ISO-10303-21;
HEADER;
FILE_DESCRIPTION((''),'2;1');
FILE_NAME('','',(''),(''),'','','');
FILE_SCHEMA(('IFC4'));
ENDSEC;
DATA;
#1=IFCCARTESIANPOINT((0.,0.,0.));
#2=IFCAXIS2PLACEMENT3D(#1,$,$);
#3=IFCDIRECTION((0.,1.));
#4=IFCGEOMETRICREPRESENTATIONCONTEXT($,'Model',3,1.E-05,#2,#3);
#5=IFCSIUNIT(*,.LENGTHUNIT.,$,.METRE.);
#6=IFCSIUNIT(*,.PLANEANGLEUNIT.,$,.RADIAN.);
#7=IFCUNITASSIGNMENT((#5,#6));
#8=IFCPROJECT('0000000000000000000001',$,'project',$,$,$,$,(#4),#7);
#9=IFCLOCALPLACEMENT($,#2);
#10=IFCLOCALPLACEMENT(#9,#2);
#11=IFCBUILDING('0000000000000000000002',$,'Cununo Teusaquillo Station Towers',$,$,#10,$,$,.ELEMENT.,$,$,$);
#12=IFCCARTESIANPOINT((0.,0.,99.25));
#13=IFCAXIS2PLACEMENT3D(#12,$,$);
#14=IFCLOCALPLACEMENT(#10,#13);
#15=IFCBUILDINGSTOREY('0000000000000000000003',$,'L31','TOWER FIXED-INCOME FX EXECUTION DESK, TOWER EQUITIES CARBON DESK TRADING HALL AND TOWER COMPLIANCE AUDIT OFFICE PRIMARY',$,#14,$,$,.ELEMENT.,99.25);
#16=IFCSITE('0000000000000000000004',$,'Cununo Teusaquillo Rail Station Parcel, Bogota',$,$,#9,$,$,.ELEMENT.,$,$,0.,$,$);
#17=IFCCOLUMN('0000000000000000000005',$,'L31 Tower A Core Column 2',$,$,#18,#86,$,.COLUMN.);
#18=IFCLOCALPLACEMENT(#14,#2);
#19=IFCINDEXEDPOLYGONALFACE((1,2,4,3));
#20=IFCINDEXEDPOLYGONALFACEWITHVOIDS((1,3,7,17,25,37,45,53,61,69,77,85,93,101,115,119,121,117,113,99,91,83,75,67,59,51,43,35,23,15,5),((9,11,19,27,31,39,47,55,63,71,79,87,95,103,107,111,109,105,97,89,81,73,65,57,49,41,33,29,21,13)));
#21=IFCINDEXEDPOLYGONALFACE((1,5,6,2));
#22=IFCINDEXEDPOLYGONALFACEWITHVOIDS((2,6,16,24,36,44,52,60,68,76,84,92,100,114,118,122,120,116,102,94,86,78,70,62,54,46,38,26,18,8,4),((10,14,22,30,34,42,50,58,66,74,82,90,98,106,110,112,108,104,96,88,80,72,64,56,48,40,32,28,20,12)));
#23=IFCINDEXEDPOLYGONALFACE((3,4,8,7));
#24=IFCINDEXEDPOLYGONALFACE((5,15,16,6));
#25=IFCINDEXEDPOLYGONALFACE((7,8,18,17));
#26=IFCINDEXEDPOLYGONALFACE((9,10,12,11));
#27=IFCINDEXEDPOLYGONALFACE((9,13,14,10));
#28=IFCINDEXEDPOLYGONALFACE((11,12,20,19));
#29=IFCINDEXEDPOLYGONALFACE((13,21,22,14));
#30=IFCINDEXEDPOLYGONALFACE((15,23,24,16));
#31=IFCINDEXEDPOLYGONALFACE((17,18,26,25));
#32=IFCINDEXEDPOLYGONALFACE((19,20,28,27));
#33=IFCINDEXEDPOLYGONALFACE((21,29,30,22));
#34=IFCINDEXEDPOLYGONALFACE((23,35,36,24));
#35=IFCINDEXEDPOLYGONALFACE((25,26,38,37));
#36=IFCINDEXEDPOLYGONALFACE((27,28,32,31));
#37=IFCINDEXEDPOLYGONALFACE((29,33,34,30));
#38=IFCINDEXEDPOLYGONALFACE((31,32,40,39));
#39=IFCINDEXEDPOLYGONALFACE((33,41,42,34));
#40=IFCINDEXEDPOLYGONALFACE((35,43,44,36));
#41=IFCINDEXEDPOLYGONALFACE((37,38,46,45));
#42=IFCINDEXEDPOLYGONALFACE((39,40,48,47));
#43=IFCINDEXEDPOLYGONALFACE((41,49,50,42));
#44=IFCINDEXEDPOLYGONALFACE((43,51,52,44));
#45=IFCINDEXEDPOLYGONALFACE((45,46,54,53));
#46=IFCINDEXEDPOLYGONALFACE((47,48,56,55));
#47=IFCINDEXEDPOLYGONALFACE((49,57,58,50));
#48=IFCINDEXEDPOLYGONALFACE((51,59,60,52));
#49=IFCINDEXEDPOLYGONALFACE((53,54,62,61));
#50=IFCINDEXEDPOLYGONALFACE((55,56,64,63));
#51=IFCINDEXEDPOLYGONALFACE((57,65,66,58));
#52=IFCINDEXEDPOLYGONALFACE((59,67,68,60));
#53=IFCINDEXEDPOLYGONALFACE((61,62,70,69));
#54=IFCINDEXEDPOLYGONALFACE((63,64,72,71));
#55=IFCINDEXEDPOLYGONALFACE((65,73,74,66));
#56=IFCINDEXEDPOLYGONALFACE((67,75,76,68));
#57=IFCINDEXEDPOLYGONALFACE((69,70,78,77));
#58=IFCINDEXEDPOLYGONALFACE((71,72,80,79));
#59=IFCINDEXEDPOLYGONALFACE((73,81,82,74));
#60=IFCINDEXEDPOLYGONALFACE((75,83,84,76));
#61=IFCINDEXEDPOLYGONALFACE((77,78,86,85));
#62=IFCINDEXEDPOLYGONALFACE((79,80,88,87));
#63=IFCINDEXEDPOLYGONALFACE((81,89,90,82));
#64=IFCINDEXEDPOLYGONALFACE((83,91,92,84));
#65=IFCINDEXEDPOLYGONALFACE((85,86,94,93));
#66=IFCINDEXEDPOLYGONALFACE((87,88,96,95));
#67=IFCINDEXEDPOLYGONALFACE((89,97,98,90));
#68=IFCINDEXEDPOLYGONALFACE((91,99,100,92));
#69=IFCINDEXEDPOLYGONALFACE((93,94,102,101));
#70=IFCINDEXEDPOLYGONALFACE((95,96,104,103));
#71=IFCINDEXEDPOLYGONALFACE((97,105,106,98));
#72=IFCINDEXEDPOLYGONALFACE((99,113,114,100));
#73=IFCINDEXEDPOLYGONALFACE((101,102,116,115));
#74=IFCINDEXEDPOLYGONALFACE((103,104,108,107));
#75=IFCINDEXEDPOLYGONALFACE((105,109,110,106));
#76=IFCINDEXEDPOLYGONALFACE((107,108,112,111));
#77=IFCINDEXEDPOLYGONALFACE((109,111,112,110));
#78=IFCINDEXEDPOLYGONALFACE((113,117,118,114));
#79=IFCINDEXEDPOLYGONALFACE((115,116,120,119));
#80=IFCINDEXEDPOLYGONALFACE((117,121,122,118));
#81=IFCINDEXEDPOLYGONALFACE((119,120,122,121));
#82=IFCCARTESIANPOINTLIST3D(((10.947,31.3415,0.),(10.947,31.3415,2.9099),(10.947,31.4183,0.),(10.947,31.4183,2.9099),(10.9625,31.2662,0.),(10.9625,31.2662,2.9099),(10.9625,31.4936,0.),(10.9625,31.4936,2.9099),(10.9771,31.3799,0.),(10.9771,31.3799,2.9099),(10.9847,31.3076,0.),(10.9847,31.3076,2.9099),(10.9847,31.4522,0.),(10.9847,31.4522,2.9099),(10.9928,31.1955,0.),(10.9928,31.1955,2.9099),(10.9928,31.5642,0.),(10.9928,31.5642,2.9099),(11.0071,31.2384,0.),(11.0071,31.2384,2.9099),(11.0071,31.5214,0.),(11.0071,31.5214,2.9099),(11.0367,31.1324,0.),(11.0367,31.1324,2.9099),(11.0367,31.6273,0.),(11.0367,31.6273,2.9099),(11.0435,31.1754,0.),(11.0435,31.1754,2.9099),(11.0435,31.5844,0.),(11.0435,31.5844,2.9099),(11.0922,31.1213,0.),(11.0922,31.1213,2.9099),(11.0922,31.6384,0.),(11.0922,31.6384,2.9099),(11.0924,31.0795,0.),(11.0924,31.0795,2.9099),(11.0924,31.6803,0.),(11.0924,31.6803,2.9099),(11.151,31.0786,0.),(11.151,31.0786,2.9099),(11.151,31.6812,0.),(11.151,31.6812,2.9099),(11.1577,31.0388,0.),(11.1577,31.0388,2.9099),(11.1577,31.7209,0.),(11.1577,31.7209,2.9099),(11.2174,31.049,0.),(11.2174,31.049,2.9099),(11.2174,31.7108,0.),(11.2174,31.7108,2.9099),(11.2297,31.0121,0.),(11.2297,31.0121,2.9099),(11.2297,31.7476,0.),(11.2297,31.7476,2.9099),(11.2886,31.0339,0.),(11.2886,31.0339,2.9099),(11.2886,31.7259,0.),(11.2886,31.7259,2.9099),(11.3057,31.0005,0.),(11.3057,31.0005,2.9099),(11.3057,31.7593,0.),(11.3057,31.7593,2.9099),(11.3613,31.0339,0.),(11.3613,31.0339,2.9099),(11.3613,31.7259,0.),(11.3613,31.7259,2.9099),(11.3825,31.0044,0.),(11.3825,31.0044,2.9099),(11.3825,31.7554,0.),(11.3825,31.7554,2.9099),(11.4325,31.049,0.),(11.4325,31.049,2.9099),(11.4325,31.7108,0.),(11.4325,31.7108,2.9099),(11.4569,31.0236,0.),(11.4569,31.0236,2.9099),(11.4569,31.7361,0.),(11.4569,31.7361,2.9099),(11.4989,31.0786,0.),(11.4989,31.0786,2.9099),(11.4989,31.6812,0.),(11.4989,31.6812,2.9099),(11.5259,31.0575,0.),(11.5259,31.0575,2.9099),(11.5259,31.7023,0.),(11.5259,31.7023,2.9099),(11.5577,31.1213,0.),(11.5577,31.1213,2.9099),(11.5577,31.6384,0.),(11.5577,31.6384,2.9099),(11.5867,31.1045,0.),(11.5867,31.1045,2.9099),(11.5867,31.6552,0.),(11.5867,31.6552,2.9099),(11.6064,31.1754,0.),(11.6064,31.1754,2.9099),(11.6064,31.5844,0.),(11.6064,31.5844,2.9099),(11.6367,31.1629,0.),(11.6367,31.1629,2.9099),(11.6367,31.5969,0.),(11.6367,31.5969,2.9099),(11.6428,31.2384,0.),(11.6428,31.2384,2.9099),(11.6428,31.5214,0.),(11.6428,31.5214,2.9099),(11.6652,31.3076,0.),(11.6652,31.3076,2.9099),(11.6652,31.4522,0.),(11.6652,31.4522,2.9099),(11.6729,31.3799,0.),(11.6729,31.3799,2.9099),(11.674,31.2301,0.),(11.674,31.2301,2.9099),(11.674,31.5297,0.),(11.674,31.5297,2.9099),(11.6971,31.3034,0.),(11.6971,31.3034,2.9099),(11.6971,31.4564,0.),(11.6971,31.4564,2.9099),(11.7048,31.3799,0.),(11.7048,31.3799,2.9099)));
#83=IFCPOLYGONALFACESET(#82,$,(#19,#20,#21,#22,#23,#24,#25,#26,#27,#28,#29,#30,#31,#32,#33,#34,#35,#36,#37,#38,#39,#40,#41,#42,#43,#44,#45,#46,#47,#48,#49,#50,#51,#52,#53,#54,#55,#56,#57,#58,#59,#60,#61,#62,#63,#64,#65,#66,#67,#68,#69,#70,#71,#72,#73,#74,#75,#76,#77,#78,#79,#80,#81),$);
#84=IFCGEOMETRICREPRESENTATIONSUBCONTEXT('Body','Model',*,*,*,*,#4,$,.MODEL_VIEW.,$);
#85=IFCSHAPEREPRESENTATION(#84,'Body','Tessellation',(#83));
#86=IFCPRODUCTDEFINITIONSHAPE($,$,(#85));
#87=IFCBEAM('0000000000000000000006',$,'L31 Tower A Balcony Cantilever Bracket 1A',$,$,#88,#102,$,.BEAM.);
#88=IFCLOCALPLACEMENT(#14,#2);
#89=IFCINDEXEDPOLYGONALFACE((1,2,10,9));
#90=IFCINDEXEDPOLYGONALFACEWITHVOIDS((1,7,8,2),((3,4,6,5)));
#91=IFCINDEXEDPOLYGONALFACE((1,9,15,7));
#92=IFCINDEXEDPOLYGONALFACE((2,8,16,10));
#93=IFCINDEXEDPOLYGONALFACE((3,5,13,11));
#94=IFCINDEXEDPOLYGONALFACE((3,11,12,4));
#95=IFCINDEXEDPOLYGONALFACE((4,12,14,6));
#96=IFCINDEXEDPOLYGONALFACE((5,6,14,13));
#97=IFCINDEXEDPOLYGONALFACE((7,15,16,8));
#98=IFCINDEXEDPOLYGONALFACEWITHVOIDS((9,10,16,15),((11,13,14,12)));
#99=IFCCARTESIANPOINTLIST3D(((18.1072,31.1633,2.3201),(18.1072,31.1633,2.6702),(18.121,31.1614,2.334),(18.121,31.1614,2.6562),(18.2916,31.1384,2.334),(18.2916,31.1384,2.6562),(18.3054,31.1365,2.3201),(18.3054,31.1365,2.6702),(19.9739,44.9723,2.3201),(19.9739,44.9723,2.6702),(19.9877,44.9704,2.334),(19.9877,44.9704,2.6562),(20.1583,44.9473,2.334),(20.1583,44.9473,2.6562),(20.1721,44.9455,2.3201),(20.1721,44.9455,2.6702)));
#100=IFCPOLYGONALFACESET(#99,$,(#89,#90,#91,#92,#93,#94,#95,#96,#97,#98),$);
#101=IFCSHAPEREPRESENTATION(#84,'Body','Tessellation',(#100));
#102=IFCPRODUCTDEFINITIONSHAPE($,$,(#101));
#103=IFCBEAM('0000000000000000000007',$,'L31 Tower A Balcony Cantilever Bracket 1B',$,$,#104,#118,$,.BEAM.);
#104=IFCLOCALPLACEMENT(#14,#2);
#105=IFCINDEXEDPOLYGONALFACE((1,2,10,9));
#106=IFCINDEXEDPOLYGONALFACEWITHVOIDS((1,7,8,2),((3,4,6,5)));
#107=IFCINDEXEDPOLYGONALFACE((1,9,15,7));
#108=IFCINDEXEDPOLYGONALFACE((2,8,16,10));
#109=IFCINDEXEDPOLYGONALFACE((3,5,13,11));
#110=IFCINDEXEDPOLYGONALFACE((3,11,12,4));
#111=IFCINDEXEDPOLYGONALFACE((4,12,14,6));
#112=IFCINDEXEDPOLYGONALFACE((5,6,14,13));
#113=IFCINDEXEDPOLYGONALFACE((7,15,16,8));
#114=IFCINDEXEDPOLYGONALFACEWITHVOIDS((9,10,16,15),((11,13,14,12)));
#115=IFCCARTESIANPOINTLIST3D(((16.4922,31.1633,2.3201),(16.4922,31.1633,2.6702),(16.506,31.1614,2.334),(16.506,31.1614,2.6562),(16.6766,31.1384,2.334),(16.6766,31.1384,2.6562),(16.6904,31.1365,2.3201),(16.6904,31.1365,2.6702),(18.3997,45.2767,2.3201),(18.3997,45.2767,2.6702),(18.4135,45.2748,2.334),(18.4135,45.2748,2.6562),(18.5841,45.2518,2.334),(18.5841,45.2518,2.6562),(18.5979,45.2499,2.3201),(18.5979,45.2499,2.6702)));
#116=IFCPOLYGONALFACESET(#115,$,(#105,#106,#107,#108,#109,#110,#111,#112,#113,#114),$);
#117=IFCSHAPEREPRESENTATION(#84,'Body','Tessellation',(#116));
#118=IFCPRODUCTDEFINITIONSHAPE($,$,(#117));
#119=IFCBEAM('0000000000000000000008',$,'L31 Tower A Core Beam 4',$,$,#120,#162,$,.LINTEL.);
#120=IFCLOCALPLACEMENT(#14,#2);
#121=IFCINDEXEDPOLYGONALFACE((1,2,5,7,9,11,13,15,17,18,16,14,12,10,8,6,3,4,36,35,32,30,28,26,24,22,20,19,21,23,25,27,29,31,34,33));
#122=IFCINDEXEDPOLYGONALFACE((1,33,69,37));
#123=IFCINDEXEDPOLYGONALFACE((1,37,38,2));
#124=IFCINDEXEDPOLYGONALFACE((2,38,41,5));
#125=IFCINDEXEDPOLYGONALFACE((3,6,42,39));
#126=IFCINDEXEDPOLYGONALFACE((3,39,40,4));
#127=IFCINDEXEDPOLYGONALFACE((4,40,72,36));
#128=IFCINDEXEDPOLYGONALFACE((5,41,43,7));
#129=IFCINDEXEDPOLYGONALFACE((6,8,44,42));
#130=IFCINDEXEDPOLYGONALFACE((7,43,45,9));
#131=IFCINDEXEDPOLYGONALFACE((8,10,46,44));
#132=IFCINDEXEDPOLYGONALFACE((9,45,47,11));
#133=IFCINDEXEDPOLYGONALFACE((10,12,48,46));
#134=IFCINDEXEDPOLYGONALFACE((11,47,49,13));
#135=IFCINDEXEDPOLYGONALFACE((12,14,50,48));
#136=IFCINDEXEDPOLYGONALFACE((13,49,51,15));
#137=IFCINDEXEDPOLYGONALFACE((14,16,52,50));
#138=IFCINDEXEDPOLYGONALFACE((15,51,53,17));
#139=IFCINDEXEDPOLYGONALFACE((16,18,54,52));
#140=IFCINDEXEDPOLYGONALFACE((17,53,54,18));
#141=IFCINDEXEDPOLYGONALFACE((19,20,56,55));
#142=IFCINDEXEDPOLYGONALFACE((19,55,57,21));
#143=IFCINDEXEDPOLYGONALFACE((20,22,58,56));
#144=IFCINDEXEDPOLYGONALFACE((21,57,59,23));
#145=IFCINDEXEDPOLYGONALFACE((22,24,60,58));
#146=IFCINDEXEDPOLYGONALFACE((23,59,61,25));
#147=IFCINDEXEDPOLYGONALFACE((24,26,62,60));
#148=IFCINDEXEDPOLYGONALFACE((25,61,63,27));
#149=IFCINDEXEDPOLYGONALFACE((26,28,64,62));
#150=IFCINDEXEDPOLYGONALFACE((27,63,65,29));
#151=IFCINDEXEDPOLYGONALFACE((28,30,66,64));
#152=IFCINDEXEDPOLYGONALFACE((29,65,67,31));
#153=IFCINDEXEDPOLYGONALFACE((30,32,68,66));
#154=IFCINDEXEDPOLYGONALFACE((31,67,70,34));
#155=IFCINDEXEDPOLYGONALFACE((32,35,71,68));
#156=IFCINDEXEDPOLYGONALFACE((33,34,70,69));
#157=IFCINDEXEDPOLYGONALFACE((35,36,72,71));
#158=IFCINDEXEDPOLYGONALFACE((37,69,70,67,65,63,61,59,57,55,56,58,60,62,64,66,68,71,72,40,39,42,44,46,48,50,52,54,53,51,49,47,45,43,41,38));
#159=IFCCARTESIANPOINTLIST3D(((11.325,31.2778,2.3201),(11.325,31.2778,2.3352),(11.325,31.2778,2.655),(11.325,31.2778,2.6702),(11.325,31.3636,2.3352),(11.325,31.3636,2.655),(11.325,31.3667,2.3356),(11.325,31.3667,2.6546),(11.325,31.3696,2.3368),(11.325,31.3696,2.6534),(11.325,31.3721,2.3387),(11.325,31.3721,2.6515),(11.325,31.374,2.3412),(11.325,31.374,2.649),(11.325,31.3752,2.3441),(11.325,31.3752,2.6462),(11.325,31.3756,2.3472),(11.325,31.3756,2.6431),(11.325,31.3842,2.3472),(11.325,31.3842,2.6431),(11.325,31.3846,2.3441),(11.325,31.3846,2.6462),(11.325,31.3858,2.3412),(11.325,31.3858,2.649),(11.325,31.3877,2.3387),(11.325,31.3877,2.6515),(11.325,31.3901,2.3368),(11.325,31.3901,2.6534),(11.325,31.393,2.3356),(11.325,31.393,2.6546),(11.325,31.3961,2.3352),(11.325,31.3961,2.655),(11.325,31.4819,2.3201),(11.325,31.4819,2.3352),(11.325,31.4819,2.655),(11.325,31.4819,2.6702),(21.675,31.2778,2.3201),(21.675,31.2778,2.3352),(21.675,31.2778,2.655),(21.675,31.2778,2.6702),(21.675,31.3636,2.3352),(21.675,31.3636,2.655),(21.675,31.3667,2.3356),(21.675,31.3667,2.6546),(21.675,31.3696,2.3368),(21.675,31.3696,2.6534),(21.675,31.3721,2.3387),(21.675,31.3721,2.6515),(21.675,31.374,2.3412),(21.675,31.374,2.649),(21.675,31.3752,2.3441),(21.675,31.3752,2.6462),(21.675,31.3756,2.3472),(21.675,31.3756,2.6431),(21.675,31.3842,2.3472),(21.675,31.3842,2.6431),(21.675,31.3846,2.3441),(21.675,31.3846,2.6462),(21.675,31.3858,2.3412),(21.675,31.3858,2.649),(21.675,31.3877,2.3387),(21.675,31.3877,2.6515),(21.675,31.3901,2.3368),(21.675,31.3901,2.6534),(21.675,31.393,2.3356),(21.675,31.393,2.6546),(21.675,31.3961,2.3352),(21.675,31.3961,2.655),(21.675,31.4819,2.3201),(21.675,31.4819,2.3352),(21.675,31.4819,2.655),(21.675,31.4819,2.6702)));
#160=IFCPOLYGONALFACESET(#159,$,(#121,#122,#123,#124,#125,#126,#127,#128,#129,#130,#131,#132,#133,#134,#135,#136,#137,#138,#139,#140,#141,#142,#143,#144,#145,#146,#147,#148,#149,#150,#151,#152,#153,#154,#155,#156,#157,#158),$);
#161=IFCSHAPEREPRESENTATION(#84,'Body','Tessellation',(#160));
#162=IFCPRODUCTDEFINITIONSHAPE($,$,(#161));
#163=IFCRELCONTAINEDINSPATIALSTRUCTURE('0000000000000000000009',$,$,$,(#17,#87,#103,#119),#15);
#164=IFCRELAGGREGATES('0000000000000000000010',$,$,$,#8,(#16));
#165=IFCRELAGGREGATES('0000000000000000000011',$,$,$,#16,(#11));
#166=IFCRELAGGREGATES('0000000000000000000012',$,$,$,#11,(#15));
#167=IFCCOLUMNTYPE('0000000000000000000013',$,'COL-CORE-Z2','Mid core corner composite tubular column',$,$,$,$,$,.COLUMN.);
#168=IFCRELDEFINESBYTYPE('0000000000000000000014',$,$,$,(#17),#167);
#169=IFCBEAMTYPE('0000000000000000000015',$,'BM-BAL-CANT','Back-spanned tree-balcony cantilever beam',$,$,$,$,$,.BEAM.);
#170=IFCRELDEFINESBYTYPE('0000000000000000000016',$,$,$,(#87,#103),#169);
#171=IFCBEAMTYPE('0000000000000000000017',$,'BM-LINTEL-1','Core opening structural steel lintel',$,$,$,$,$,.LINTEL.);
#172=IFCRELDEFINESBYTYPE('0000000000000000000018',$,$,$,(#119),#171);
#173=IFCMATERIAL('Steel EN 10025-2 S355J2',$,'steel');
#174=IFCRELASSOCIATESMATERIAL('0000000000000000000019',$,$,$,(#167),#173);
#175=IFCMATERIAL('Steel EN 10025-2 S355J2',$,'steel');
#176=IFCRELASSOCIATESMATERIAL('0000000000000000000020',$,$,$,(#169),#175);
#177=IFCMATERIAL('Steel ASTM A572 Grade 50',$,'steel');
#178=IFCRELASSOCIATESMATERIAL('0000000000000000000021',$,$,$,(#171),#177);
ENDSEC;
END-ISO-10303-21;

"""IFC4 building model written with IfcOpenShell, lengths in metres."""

from ifc_helpers import new_model, si_unit, direction, frame, origin, origin_2d, place, context, subcontext, project, spatial, hollow_rectangle, hollow_circle, i_section, extrude, material, material_profile, profile_set, type_object, element, save


model = new_model("IFC4")

# Units and contexts
model_context = context("Model", 3, precision=1e-05, world=origin(), true_north=direction((0.0, 1.0)))
body_context = subcontext(model_context, "Body", "Model", "MODEL_VIEW")
ifc_project = project(units=[si_unit("LENGTHUNIT", "METRE"), si_unit("PLANEANGLEUNIT", "RADIAN")], contexts=[model_context])

# Site, building, storey
site_placement = place(None, origin())
site = spatial("IfcSite", under=ifc_project, at=site_placement, Name="Cununo Teusaquillo Rail Station Parcel, Bogota", CompositionType="ELEMENT", RefElevation=0.0)
building_placement = place(site_placement, origin())
building = spatial("IfcBuilding", under=site, at=building_placement, Name="Cununo Teusaquillo Station Towers", CompositionType="ELEMENT")
storey_placement = place(building_placement, frame((0.0, 0.0, 99.25)))
storey = spatial("IfcBuildingStorey", under=building, at=storey_placement, Name="L31", Description="TOWER FIXED-INCOME FX EXECUTION DESK, TOWER EQUITIES CARBON DESK TRADING HALL AND TOWER COMPLIANCE AUDIT OFFICE PRIMARY", CompositionType="ELEMENT", Elevation=99.25)

# Column
ifc_material_1 = material(Name="Steel EN 10025-2 S355J2", Category="steel")
ifc_material_profile_1 = material_profile(ifc_material_1, hollow_circle(Radius=0.3799, WallThickness=0.032, at=origin_2d()), Name="CHS 760x32")
ifc_profile_set_1 = profile_set([ifc_material_profile_1], Name="Steel EN 10025-2 S355J2")
column_type = type_object("IfcColumnType", Name="COL-CORE-Z2", Description="Mid core corner composite tubular column", PredefinedType="COLUMN", material=ifc_profile_set_1)
column_placement = place(storey_placement, frame((11.325, 31.3799, 0.0), z_axis=(0.0, 0.0, 1.0), x_axis=(1.0, 0.0, 0.0)))
element("IfcColumn", 1, at=column_placement, inside=storey, type_object=column_type, Name="L31 Tower A Core Column 2", PredefinedType="COLUMN", context=body_context, shape_type="SweptSolid", body=[
    extrude(hollow_circle(Radius=0.3799, WallThickness=0.032, at=origin_2d()), origin(), (0.0, 0.0, 1.0), 2.9099),
])

# Beams
ifc_material_2 = material(Name="Steel EN 10025-2 S355J2", Category="steel")
ifc_material_profile_2 = material_profile(ifc_material_2, hollow_rectangle(XDim=0.2, YDim=0.3501, WallThickness=0.0139, at=origin_2d()), Name="RHS 350x200x14")
ifc_profile_set_2 = profile_set([ifc_material_profile_2], Name="Steel EN 10025-2 S355J2")
beam_type_1 = type_object("IfcBeamType", Name="BM-BAL-CANT", Description="Back-spanned tree-balcony cantilever beam", PredefinedType="BEAM", material=ifc_profile_set_2)
beam_1_placement = place(storey_placement, frame((18.2063, 31.1499, 2.4951), z_axis=(0.133961, 0.990987, 0.0), x_axis=(-0.990987, 0.133961, 0.0)))
element("IfcBeam", 2, at=beam_1_placement, inside=storey, type_object=beam_type_1, Name="L31 Tower A Balcony Cantilever Bracket 1A", PredefinedType="BEAM", context=body_context, shape_type="SweptSolid", body=[
    extrude(hollow_rectangle(XDim=0.2, YDim=0.3501, WallThickness=0.0139, at=origin_2d()), origin(), (0.0, 0.0, 1.0), 13.9346),
])
beam_2_placement = place(storey_placement, frame((16.5913, 31.1499, 2.4951), z_axis=(0.133937, 0.99099, 0.0), x_axis=(-0.99099, 0.133937, 0.0)))
element("IfcBeam", 3, at=beam_2_placement, inside=storey, type_object=beam_type_1, Name="L31 Tower A Balcony Cantilever Bracket 1B", PredefinedType="BEAM", context=body_context, shape_type="SweptSolid", body=[
    extrude(hollow_rectangle(XDim=0.2, YDim=0.3501, WallThickness=0.0139, at=origin_2d()), origin(), (0.0, 0.0, 1.0), 14.2417),
])
ifc_material_3 = material(Name="Steel ASTM A572 Grade 50", Category="steel")
ifc_material_profile_3 = material_profile(ifc_material_3, i_section(OverallWidth=0.2041, OverallDepth=0.3501, WebThickness=0.0085, FlangeThickness=0.0151, FilletRadius=0.012, at=origin_2d()), Name="W14X48")
ifc_profile_set_3 = profile_set([ifc_material_profile_3], Name="Steel ASTM A572 Grade 50")
beam_type_2 = type_object("IfcBeamType", Name="BM-LINTEL-1", Description="Core opening structural steel lintel", PredefinedType="LINTEL", material=ifc_profile_set_3)
beam_3_placement = place(storey_placement, frame((11.325, 31.3799, 2.4951), z_axis=(1.0, 0.0, 0.0), x_axis=(0.0, 1.0, 0.0)))
element("IfcBeam", 4, at=beam_3_placement, inside=storey, type_object=beam_type_2, Name="L31 Tower A Core Beam 4", PredefinedType="LINTEL", context=body_context, shape_type="SweptSolid", body=[
    extrude(i_section(OverallWidth=0.2041, OverallDepth=0.3501, WebThickness=0.0085, FlangeThickness=0.0151, FilletRadius=0.012, at=origin_2d()), origin(), (0.0, 0.0, 1.0), 10.3501),
])

save(model, "model.ifc")
